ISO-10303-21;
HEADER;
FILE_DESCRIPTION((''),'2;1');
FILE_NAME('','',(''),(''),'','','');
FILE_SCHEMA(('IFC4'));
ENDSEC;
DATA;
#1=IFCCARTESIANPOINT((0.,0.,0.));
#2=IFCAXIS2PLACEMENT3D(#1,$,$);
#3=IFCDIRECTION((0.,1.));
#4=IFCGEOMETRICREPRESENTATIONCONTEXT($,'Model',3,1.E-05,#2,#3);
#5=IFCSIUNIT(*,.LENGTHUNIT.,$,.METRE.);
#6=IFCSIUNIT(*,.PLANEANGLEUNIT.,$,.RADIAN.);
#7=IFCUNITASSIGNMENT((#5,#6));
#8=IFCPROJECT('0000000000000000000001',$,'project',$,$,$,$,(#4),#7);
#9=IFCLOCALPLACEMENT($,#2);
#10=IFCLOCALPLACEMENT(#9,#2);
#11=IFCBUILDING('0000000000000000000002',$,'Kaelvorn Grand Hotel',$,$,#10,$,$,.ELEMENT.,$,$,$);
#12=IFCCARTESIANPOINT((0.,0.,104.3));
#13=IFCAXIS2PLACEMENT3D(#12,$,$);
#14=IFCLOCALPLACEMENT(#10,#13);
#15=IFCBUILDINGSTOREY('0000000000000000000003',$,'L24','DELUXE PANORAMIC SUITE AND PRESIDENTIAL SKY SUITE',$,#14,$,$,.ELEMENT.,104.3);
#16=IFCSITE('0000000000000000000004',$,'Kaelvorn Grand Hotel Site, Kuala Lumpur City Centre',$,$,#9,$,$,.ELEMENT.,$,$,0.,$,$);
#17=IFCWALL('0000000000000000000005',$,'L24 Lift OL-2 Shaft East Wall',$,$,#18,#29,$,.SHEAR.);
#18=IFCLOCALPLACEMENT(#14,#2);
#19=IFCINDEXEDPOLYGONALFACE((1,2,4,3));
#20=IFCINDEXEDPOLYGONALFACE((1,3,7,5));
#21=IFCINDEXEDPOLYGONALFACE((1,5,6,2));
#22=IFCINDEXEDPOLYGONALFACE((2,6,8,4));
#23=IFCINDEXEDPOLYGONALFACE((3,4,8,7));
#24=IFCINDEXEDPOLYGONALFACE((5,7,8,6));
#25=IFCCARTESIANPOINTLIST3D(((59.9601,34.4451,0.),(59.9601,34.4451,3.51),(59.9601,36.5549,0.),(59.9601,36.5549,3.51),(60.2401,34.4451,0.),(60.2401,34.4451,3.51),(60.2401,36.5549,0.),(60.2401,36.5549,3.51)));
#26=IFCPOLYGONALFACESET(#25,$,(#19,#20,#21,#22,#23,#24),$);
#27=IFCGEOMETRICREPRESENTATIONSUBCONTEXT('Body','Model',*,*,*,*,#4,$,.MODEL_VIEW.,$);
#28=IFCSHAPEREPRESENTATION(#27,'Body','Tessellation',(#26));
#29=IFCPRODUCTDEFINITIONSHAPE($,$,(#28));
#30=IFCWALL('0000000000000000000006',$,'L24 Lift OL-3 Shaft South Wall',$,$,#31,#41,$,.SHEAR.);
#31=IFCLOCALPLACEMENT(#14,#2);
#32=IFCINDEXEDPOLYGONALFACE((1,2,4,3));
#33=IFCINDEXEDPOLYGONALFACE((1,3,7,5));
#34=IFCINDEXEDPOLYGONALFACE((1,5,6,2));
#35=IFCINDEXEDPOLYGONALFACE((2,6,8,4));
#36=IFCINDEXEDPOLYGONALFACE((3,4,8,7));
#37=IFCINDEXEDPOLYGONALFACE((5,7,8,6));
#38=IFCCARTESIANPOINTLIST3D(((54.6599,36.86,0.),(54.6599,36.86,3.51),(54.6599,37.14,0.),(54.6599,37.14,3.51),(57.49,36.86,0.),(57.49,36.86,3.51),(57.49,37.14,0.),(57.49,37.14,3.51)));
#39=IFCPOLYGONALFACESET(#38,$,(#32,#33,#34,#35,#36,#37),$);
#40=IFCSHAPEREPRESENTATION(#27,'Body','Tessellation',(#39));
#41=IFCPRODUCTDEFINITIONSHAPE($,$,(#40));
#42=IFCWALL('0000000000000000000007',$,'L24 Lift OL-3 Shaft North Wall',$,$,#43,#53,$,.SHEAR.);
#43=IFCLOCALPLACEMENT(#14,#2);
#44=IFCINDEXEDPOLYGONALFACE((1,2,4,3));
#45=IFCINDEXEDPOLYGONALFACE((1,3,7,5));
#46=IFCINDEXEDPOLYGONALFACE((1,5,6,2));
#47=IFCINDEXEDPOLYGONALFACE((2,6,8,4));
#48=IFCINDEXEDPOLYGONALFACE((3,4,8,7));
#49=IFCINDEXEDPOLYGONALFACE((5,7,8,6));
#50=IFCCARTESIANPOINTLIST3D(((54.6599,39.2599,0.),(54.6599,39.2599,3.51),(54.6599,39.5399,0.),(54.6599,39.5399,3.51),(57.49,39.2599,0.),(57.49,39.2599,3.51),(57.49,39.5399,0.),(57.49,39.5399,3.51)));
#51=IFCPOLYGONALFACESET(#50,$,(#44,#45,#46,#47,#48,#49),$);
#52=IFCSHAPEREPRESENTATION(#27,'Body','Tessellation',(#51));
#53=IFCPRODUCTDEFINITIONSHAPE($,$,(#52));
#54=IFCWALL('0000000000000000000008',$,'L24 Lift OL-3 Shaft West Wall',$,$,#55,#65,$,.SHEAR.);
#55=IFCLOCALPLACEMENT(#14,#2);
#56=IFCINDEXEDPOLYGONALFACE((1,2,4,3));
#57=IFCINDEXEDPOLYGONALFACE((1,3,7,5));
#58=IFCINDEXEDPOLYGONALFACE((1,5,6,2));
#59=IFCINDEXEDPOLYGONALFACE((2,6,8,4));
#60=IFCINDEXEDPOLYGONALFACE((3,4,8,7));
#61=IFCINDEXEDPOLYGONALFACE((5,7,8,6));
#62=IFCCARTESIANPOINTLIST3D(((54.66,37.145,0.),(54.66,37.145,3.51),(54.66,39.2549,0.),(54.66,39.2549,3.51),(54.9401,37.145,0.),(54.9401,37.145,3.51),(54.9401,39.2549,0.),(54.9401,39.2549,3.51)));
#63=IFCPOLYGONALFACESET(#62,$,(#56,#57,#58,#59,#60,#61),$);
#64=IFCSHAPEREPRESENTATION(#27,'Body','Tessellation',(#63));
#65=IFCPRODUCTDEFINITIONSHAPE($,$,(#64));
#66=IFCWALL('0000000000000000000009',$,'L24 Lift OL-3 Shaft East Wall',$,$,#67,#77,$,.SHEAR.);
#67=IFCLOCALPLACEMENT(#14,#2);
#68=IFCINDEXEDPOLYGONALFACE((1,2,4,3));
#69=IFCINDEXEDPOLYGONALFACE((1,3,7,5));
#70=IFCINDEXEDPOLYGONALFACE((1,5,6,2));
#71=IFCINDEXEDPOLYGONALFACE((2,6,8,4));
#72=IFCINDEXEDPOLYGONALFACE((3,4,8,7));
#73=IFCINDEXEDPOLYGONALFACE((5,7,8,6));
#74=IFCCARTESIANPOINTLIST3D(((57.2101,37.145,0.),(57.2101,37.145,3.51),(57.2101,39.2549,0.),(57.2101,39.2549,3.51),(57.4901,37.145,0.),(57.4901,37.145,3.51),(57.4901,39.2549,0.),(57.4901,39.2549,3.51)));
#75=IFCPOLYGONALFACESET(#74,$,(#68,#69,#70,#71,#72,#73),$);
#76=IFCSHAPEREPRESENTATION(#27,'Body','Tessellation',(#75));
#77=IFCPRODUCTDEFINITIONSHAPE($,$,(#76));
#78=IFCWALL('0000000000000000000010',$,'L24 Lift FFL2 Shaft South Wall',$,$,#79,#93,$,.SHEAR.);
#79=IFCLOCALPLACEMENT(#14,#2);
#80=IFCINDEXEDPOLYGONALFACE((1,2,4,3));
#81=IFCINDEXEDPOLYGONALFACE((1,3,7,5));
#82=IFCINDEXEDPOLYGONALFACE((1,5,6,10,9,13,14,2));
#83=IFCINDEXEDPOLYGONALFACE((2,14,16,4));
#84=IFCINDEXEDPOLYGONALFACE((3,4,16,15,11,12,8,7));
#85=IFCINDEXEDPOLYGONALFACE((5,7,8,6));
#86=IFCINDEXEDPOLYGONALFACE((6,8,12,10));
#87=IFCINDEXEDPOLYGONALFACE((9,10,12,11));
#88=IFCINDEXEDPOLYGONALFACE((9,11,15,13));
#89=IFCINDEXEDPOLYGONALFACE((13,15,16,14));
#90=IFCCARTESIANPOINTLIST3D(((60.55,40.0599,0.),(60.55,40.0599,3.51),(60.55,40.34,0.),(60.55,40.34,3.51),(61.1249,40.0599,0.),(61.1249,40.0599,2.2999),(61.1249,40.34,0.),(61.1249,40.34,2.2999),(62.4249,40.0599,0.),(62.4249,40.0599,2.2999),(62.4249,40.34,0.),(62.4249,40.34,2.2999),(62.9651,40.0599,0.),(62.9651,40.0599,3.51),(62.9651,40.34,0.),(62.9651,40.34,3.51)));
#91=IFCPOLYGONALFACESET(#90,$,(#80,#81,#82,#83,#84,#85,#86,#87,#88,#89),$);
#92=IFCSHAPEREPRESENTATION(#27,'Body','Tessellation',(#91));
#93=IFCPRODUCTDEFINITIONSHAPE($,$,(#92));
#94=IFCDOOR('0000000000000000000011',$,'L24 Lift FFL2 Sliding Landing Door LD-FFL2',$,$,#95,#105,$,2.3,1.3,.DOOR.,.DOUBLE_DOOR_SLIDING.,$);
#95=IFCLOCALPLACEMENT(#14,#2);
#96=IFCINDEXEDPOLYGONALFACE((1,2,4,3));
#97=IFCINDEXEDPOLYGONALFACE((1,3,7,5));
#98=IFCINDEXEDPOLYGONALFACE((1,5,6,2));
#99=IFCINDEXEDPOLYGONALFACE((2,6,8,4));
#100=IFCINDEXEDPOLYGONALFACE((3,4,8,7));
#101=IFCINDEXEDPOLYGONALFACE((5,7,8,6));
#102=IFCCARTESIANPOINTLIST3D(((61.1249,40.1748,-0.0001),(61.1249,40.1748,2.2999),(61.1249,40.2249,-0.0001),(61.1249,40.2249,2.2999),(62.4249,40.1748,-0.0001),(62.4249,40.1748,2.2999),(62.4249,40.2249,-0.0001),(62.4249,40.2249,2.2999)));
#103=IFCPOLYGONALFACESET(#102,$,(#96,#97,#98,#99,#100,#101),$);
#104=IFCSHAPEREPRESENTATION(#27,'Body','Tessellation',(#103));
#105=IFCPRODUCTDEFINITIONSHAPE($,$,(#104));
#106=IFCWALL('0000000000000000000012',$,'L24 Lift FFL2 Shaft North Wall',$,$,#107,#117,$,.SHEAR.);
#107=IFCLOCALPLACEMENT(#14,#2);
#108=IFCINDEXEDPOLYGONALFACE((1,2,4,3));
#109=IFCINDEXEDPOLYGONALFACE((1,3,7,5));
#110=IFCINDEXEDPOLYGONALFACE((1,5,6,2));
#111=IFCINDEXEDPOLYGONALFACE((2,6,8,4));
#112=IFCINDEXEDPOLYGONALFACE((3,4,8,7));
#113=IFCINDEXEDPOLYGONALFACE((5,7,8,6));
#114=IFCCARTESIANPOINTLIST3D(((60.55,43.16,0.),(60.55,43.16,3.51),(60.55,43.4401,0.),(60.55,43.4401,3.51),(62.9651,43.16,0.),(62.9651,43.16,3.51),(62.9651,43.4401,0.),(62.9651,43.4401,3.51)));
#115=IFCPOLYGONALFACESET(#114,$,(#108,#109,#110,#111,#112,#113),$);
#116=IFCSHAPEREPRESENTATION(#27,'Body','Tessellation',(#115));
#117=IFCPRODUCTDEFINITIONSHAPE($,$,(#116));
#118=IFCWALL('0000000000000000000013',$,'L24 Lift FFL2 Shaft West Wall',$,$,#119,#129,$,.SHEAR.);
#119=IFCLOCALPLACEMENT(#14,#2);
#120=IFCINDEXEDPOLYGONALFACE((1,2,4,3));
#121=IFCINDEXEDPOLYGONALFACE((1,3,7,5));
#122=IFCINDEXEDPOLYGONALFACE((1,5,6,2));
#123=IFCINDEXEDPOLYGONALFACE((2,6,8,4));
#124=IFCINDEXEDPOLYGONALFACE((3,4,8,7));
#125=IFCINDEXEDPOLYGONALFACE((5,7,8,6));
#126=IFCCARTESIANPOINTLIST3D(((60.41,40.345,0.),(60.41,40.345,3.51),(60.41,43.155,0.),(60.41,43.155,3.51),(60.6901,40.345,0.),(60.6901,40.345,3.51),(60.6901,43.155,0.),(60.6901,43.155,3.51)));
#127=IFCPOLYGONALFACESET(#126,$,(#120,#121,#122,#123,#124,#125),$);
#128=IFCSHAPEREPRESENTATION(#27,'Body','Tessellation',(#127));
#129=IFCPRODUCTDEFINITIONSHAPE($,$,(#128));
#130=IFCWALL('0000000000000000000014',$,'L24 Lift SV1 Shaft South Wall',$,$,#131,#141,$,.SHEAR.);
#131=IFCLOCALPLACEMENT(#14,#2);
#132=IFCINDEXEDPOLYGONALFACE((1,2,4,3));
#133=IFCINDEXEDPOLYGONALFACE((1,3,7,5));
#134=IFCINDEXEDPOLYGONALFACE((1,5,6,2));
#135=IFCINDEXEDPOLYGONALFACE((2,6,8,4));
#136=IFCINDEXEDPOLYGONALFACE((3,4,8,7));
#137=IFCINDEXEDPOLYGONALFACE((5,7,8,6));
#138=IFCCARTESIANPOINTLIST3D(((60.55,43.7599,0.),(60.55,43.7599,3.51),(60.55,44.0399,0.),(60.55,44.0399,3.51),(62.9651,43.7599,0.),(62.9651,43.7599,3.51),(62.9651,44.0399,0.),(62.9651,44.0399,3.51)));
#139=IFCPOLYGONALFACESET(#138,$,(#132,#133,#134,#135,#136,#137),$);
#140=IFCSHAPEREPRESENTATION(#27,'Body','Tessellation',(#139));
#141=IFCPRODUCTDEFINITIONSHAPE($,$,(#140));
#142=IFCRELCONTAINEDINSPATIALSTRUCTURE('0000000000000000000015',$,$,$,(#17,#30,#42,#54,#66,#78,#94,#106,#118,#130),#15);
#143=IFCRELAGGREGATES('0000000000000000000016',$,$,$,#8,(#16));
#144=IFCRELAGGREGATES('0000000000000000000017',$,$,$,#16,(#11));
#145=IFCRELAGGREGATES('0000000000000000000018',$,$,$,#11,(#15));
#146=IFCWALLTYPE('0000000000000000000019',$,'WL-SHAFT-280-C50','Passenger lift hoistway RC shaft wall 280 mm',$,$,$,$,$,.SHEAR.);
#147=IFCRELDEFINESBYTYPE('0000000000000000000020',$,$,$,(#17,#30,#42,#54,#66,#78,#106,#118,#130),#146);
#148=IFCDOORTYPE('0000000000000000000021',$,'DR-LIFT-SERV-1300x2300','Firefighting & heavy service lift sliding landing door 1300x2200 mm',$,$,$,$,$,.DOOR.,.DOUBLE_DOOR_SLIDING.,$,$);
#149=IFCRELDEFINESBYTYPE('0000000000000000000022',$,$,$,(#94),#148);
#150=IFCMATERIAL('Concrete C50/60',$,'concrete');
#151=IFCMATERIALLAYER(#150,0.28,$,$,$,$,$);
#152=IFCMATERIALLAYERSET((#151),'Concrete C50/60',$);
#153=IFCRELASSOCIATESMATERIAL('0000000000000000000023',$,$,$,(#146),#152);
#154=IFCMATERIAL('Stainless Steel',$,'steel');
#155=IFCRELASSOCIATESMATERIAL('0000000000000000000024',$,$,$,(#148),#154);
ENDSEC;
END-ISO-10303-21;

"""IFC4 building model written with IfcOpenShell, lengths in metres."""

from ifc_helpers import new_model, si_unit, direction, frame, frame_2d, origin, place, context, subcontext, project, spatial, rectangle, extrude, material, layer, layer_set, type_object, element, fill, save


model = new_model("IFC4")

# Units and contexts
model_context = context("Model", 3, precision=1e-05, world=origin(), true_north=direction((0.0, 1.0)))
body_context = subcontext(model_context, "Body", "Model", "MODEL_VIEW")
ifc_project = project(units=[si_unit("LENGTHUNIT", "METRE"), si_unit("PLANEANGLEUNIT", "RADIAN")], contexts=[model_context])

# Site, building, storey
site_placement = place(None, origin())
site = spatial("IfcSite", under=ifc_project, at=site_placement, Name="Kaelvorn Grand Hotel Site, Kuala Lumpur City Centre", CompositionType="ELEMENT", RefElevation=0.0)
building_placement = place(site_placement, origin())
building = spatial("IfcBuilding", under=site, at=building_placement, Name="Kaelvorn Grand Hotel", CompositionType="ELEMENT")
storey_placement = place(building_placement, frame((0.0, 0.0, 104.3)))
storey = spatial("IfcBuildingStorey", under=building, at=storey_placement, Name="L24", Description="DELUXE PANORAMIC SUITE AND PRESIDENTIAL SKY SUITE", CompositionType="ELEMENT", Elevation=104.3)

# Walls
ifc_material_1 = material(Name="Concrete C50/60", Category="concrete")
ifc_layer_1 = layer(ifc_material_1, 0.28)
ifc_layer_set_1 = layer_set([ifc_layer_1], Name="Concrete C50/60")
wall_type_1 = type_object("IfcWallType", Name="WL-SHAFT-280-C50", Description="Passenger lift hoistway RC shaft wall 280 mm", PredefinedType="SHEAR", material=ifc_layer_set_1)
wall_1_placement = place(storey_placement, frame((60.1001, 34.4451, 0.0), z_axis=(0.0, 0.0, 1.0), x_axis=(0.0, 1.0, 0.0)))
element("IfcWall", 1, at=wall_1_placement, inside=storey, type_object=wall_type_1, Name="L24 Lift OL-2 Shaft East Wall", PredefinedType="SHEAR", context=body_context, shape_type="SweptSolid", body=[
    extrude(rectangle(XDim=2.1099, YDim=0.28, at=frame_2d((1.0549, 0.0))), origin(), (0.0, 0.0, 1.0), 3.51),
])
for number, where, z_axis, x_axis, name in (
    (2, (54.6599, 37.0, 0.0), (0.0, 0.0, 1.0), (1.0, 0.0, 0.0), "L24 Lift OL-3 Shaft South Wall"),
    (3, (54.6599, 39.3999, 0.0), (0.0, 0.0, 1.0), (1.0, 0.0, 0.0), "L24 Lift OL-3 Shaft North Wall"),
):
    element("IfcWall", number, at=place(storey_placement, frame(where, z_axis=z_axis, x_axis=x_axis)), inside=storey, type_object=wall_type_1, Name=name, PredefinedType="SHEAR", context=body_context, shape_type="SweptSolid", body=[
        extrude(rectangle(XDim=2.8301, YDim=0.28, at=frame_2d((1.415, 0.0))), origin(), (0.0, 0.0, 1.0), 3.51),
    ])
for number, where, z_axis, x_axis, name in (
    (4, (54.8, 37.145, 0.0), (0.0, 0.0, 1.0), (0.0, 1.0, 0.0), "L24 Lift OL-3 Shaft West Wall"),
    (5, (57.3501, 37.145, 0.0), (0.0, 0.0, 1.0), (0.0, 1.0, 0.0), "L24 Lift OL-3 Shaft East Wall"),
):
    element("IfcWall", number, at=place(storey_placement, frame(where, z_axis=z_axis, x_axis=x_axis)), inside=storey, type_object=wall_type_1, Name=name, PredefinedType="SHEAR", context=body_context, shape_type="SweptSolid", body=[
        extrude(rectangle(XDim=2.1099, YDim=0.28, at=frame_2d((1.0549, 0.0))), origin(), (0.0, 0.0, 1.0), 3.51),
    ])

# Wall, opening, door
wall_2_placement = place(storey_placement, frame((60.55, 40.2, 0.0), z_axis=(0.0, 0.0, 1.0), x_axis=(1.0, 0.0, 0.0)))
wall_2 = element("IfcWall", 6, at=wall_2_placement, inside=storey, type_object=wall_type_1, Name="L24 Lift FFL2 Shaft South Wall", PredefinedType="SHEAR", context=body_context, shape_type="SweptSolid", body=[
    extrude(rectangle(XDim=2.415, YDim=0.28, at=frame_2d((1.2075, 0.0))), origin(), (0.0, 0.0, 1.0), 3.51),
])
opening_1_placement = place(wall_2_placement, frame((0.575, 0.0, 0.0)))
opening_1 = element("IfcOpeningElement", 7, at=opening_1_placement, cuts=wall_2, PredefinedType="OPENING", context=body_context, shape_type="SweptSolid", body=[
    extrude(rectangle(XDim=1.3, YDim=2.3, at=frame_2d((0.6499, 1.1499))), frame((0.0, 0.1499, 0.0), z_axis=(0.0, -1.0, 0.0), x_axis=(1.0, 0.0, 0.0)), (0.0, 0.0, 1.0), 0.3),
])
ifc_material_2 = material(Name="Stainless Steel", Category="steel")
door_type_1 = type_object("IfcDoorType", Name="DR-LIFT-SERV-1300x2300", Description="Firefighting & heavy service lift sliding landing door 1300x2200 mm", OperationType="DOUBLE_DOOR_SLIDING", PredefinedType="DOOR", material=ifc_material_2)
door_1_placement = place(opening_1_placement, origin())
door_1 = element("IfcDoor", 8, at=door_1_placement, inside=storey, type_object=door_type_1, Name="L24 Lift FFL2 Sliding Landing Door LD-FFL2", OperationType="DOUBLE_DOOR_SLIDING", OverallHeight=2.3, OverallWidth=1.3, PredefinedType="DOOR", context=body_context, shape_type="SweptSolid", body=[
    extrude(rectangle(XDim=1.3, YDim=2.3, at=frame_2d((0.6499, 1.1499))), frame((0.0, 0.0249, 0.0), z_axis=(0.0, -1.0, 0.0), x_axis=(1.0, 0.0, 0.0)), (0.0, 0.0, 1.0), 0.05),
])
fill(opening_1, door_1)

# Walls
wall_3_placement = place(storey_placement, frame((60.55, 43.3, 0.0), z_axis=(0.0, 0.0, 1.0), x_axis=(1.0, 0.0, 0.0)))
element("IfcWall", 9, at=wall_3_placement, inside=storey, type_object=wall_type_1, Name="L24 Lift FFL2 Shaft North Wall", PredefinedType="SHEAR", context=body_context, shape_type="SweptSolid", body=[
    extrude(rectangle(XDim=2.415, YDim=0.28, at=frame_2d((1.2075, 0.0))), origin(), (0.0, 0.0, 1.0), 3.51),
])
wall_4_placement = place(storey_placement, frame((60.55, 40.345, 0.0), z_axis=(0.0, 0.0, 1.0), x_axis=(0.0, 1.0, 0.0)))
element("IfcWall", 10, at=wall_4_placement, inside=storey, type_object=wall_type_1, Name="L24 Lift FFL2 Shaft West Wall", PredefinedType="SHEAR", context=body_context, shape_type="SweptSolid", body=[
    extrude(rectangle(XDim=2.8101, YDim=0.28, at=frame_2d((1.405, 0.0))), origin(), (0.0, 0.0, 1.0), 3.51),
])
wall_5_placement = place(storey_placement, frame((60.55, 43.8999, 0.0), z_axis=(0.0, 0.0, 1.0), x_axis=(1.0, 0.0, 0.0)))
element("IfcWall", 11, at=wall_5_placement, inside=storey, type_object=wall_type_1, Name="L24 Lift SV1 Shaft South Wall", PredefinedType="SHEAR", context=body_context, shape_type="SweptSolid", body=[
    extrude(rectangle(XDim=2.415, YDim=0.28, at=frame_2d((1.2075, 0.0))), origin(), (0.0, 0.0, 1.0), 3.51),
])

save(model, "model.ifc")
